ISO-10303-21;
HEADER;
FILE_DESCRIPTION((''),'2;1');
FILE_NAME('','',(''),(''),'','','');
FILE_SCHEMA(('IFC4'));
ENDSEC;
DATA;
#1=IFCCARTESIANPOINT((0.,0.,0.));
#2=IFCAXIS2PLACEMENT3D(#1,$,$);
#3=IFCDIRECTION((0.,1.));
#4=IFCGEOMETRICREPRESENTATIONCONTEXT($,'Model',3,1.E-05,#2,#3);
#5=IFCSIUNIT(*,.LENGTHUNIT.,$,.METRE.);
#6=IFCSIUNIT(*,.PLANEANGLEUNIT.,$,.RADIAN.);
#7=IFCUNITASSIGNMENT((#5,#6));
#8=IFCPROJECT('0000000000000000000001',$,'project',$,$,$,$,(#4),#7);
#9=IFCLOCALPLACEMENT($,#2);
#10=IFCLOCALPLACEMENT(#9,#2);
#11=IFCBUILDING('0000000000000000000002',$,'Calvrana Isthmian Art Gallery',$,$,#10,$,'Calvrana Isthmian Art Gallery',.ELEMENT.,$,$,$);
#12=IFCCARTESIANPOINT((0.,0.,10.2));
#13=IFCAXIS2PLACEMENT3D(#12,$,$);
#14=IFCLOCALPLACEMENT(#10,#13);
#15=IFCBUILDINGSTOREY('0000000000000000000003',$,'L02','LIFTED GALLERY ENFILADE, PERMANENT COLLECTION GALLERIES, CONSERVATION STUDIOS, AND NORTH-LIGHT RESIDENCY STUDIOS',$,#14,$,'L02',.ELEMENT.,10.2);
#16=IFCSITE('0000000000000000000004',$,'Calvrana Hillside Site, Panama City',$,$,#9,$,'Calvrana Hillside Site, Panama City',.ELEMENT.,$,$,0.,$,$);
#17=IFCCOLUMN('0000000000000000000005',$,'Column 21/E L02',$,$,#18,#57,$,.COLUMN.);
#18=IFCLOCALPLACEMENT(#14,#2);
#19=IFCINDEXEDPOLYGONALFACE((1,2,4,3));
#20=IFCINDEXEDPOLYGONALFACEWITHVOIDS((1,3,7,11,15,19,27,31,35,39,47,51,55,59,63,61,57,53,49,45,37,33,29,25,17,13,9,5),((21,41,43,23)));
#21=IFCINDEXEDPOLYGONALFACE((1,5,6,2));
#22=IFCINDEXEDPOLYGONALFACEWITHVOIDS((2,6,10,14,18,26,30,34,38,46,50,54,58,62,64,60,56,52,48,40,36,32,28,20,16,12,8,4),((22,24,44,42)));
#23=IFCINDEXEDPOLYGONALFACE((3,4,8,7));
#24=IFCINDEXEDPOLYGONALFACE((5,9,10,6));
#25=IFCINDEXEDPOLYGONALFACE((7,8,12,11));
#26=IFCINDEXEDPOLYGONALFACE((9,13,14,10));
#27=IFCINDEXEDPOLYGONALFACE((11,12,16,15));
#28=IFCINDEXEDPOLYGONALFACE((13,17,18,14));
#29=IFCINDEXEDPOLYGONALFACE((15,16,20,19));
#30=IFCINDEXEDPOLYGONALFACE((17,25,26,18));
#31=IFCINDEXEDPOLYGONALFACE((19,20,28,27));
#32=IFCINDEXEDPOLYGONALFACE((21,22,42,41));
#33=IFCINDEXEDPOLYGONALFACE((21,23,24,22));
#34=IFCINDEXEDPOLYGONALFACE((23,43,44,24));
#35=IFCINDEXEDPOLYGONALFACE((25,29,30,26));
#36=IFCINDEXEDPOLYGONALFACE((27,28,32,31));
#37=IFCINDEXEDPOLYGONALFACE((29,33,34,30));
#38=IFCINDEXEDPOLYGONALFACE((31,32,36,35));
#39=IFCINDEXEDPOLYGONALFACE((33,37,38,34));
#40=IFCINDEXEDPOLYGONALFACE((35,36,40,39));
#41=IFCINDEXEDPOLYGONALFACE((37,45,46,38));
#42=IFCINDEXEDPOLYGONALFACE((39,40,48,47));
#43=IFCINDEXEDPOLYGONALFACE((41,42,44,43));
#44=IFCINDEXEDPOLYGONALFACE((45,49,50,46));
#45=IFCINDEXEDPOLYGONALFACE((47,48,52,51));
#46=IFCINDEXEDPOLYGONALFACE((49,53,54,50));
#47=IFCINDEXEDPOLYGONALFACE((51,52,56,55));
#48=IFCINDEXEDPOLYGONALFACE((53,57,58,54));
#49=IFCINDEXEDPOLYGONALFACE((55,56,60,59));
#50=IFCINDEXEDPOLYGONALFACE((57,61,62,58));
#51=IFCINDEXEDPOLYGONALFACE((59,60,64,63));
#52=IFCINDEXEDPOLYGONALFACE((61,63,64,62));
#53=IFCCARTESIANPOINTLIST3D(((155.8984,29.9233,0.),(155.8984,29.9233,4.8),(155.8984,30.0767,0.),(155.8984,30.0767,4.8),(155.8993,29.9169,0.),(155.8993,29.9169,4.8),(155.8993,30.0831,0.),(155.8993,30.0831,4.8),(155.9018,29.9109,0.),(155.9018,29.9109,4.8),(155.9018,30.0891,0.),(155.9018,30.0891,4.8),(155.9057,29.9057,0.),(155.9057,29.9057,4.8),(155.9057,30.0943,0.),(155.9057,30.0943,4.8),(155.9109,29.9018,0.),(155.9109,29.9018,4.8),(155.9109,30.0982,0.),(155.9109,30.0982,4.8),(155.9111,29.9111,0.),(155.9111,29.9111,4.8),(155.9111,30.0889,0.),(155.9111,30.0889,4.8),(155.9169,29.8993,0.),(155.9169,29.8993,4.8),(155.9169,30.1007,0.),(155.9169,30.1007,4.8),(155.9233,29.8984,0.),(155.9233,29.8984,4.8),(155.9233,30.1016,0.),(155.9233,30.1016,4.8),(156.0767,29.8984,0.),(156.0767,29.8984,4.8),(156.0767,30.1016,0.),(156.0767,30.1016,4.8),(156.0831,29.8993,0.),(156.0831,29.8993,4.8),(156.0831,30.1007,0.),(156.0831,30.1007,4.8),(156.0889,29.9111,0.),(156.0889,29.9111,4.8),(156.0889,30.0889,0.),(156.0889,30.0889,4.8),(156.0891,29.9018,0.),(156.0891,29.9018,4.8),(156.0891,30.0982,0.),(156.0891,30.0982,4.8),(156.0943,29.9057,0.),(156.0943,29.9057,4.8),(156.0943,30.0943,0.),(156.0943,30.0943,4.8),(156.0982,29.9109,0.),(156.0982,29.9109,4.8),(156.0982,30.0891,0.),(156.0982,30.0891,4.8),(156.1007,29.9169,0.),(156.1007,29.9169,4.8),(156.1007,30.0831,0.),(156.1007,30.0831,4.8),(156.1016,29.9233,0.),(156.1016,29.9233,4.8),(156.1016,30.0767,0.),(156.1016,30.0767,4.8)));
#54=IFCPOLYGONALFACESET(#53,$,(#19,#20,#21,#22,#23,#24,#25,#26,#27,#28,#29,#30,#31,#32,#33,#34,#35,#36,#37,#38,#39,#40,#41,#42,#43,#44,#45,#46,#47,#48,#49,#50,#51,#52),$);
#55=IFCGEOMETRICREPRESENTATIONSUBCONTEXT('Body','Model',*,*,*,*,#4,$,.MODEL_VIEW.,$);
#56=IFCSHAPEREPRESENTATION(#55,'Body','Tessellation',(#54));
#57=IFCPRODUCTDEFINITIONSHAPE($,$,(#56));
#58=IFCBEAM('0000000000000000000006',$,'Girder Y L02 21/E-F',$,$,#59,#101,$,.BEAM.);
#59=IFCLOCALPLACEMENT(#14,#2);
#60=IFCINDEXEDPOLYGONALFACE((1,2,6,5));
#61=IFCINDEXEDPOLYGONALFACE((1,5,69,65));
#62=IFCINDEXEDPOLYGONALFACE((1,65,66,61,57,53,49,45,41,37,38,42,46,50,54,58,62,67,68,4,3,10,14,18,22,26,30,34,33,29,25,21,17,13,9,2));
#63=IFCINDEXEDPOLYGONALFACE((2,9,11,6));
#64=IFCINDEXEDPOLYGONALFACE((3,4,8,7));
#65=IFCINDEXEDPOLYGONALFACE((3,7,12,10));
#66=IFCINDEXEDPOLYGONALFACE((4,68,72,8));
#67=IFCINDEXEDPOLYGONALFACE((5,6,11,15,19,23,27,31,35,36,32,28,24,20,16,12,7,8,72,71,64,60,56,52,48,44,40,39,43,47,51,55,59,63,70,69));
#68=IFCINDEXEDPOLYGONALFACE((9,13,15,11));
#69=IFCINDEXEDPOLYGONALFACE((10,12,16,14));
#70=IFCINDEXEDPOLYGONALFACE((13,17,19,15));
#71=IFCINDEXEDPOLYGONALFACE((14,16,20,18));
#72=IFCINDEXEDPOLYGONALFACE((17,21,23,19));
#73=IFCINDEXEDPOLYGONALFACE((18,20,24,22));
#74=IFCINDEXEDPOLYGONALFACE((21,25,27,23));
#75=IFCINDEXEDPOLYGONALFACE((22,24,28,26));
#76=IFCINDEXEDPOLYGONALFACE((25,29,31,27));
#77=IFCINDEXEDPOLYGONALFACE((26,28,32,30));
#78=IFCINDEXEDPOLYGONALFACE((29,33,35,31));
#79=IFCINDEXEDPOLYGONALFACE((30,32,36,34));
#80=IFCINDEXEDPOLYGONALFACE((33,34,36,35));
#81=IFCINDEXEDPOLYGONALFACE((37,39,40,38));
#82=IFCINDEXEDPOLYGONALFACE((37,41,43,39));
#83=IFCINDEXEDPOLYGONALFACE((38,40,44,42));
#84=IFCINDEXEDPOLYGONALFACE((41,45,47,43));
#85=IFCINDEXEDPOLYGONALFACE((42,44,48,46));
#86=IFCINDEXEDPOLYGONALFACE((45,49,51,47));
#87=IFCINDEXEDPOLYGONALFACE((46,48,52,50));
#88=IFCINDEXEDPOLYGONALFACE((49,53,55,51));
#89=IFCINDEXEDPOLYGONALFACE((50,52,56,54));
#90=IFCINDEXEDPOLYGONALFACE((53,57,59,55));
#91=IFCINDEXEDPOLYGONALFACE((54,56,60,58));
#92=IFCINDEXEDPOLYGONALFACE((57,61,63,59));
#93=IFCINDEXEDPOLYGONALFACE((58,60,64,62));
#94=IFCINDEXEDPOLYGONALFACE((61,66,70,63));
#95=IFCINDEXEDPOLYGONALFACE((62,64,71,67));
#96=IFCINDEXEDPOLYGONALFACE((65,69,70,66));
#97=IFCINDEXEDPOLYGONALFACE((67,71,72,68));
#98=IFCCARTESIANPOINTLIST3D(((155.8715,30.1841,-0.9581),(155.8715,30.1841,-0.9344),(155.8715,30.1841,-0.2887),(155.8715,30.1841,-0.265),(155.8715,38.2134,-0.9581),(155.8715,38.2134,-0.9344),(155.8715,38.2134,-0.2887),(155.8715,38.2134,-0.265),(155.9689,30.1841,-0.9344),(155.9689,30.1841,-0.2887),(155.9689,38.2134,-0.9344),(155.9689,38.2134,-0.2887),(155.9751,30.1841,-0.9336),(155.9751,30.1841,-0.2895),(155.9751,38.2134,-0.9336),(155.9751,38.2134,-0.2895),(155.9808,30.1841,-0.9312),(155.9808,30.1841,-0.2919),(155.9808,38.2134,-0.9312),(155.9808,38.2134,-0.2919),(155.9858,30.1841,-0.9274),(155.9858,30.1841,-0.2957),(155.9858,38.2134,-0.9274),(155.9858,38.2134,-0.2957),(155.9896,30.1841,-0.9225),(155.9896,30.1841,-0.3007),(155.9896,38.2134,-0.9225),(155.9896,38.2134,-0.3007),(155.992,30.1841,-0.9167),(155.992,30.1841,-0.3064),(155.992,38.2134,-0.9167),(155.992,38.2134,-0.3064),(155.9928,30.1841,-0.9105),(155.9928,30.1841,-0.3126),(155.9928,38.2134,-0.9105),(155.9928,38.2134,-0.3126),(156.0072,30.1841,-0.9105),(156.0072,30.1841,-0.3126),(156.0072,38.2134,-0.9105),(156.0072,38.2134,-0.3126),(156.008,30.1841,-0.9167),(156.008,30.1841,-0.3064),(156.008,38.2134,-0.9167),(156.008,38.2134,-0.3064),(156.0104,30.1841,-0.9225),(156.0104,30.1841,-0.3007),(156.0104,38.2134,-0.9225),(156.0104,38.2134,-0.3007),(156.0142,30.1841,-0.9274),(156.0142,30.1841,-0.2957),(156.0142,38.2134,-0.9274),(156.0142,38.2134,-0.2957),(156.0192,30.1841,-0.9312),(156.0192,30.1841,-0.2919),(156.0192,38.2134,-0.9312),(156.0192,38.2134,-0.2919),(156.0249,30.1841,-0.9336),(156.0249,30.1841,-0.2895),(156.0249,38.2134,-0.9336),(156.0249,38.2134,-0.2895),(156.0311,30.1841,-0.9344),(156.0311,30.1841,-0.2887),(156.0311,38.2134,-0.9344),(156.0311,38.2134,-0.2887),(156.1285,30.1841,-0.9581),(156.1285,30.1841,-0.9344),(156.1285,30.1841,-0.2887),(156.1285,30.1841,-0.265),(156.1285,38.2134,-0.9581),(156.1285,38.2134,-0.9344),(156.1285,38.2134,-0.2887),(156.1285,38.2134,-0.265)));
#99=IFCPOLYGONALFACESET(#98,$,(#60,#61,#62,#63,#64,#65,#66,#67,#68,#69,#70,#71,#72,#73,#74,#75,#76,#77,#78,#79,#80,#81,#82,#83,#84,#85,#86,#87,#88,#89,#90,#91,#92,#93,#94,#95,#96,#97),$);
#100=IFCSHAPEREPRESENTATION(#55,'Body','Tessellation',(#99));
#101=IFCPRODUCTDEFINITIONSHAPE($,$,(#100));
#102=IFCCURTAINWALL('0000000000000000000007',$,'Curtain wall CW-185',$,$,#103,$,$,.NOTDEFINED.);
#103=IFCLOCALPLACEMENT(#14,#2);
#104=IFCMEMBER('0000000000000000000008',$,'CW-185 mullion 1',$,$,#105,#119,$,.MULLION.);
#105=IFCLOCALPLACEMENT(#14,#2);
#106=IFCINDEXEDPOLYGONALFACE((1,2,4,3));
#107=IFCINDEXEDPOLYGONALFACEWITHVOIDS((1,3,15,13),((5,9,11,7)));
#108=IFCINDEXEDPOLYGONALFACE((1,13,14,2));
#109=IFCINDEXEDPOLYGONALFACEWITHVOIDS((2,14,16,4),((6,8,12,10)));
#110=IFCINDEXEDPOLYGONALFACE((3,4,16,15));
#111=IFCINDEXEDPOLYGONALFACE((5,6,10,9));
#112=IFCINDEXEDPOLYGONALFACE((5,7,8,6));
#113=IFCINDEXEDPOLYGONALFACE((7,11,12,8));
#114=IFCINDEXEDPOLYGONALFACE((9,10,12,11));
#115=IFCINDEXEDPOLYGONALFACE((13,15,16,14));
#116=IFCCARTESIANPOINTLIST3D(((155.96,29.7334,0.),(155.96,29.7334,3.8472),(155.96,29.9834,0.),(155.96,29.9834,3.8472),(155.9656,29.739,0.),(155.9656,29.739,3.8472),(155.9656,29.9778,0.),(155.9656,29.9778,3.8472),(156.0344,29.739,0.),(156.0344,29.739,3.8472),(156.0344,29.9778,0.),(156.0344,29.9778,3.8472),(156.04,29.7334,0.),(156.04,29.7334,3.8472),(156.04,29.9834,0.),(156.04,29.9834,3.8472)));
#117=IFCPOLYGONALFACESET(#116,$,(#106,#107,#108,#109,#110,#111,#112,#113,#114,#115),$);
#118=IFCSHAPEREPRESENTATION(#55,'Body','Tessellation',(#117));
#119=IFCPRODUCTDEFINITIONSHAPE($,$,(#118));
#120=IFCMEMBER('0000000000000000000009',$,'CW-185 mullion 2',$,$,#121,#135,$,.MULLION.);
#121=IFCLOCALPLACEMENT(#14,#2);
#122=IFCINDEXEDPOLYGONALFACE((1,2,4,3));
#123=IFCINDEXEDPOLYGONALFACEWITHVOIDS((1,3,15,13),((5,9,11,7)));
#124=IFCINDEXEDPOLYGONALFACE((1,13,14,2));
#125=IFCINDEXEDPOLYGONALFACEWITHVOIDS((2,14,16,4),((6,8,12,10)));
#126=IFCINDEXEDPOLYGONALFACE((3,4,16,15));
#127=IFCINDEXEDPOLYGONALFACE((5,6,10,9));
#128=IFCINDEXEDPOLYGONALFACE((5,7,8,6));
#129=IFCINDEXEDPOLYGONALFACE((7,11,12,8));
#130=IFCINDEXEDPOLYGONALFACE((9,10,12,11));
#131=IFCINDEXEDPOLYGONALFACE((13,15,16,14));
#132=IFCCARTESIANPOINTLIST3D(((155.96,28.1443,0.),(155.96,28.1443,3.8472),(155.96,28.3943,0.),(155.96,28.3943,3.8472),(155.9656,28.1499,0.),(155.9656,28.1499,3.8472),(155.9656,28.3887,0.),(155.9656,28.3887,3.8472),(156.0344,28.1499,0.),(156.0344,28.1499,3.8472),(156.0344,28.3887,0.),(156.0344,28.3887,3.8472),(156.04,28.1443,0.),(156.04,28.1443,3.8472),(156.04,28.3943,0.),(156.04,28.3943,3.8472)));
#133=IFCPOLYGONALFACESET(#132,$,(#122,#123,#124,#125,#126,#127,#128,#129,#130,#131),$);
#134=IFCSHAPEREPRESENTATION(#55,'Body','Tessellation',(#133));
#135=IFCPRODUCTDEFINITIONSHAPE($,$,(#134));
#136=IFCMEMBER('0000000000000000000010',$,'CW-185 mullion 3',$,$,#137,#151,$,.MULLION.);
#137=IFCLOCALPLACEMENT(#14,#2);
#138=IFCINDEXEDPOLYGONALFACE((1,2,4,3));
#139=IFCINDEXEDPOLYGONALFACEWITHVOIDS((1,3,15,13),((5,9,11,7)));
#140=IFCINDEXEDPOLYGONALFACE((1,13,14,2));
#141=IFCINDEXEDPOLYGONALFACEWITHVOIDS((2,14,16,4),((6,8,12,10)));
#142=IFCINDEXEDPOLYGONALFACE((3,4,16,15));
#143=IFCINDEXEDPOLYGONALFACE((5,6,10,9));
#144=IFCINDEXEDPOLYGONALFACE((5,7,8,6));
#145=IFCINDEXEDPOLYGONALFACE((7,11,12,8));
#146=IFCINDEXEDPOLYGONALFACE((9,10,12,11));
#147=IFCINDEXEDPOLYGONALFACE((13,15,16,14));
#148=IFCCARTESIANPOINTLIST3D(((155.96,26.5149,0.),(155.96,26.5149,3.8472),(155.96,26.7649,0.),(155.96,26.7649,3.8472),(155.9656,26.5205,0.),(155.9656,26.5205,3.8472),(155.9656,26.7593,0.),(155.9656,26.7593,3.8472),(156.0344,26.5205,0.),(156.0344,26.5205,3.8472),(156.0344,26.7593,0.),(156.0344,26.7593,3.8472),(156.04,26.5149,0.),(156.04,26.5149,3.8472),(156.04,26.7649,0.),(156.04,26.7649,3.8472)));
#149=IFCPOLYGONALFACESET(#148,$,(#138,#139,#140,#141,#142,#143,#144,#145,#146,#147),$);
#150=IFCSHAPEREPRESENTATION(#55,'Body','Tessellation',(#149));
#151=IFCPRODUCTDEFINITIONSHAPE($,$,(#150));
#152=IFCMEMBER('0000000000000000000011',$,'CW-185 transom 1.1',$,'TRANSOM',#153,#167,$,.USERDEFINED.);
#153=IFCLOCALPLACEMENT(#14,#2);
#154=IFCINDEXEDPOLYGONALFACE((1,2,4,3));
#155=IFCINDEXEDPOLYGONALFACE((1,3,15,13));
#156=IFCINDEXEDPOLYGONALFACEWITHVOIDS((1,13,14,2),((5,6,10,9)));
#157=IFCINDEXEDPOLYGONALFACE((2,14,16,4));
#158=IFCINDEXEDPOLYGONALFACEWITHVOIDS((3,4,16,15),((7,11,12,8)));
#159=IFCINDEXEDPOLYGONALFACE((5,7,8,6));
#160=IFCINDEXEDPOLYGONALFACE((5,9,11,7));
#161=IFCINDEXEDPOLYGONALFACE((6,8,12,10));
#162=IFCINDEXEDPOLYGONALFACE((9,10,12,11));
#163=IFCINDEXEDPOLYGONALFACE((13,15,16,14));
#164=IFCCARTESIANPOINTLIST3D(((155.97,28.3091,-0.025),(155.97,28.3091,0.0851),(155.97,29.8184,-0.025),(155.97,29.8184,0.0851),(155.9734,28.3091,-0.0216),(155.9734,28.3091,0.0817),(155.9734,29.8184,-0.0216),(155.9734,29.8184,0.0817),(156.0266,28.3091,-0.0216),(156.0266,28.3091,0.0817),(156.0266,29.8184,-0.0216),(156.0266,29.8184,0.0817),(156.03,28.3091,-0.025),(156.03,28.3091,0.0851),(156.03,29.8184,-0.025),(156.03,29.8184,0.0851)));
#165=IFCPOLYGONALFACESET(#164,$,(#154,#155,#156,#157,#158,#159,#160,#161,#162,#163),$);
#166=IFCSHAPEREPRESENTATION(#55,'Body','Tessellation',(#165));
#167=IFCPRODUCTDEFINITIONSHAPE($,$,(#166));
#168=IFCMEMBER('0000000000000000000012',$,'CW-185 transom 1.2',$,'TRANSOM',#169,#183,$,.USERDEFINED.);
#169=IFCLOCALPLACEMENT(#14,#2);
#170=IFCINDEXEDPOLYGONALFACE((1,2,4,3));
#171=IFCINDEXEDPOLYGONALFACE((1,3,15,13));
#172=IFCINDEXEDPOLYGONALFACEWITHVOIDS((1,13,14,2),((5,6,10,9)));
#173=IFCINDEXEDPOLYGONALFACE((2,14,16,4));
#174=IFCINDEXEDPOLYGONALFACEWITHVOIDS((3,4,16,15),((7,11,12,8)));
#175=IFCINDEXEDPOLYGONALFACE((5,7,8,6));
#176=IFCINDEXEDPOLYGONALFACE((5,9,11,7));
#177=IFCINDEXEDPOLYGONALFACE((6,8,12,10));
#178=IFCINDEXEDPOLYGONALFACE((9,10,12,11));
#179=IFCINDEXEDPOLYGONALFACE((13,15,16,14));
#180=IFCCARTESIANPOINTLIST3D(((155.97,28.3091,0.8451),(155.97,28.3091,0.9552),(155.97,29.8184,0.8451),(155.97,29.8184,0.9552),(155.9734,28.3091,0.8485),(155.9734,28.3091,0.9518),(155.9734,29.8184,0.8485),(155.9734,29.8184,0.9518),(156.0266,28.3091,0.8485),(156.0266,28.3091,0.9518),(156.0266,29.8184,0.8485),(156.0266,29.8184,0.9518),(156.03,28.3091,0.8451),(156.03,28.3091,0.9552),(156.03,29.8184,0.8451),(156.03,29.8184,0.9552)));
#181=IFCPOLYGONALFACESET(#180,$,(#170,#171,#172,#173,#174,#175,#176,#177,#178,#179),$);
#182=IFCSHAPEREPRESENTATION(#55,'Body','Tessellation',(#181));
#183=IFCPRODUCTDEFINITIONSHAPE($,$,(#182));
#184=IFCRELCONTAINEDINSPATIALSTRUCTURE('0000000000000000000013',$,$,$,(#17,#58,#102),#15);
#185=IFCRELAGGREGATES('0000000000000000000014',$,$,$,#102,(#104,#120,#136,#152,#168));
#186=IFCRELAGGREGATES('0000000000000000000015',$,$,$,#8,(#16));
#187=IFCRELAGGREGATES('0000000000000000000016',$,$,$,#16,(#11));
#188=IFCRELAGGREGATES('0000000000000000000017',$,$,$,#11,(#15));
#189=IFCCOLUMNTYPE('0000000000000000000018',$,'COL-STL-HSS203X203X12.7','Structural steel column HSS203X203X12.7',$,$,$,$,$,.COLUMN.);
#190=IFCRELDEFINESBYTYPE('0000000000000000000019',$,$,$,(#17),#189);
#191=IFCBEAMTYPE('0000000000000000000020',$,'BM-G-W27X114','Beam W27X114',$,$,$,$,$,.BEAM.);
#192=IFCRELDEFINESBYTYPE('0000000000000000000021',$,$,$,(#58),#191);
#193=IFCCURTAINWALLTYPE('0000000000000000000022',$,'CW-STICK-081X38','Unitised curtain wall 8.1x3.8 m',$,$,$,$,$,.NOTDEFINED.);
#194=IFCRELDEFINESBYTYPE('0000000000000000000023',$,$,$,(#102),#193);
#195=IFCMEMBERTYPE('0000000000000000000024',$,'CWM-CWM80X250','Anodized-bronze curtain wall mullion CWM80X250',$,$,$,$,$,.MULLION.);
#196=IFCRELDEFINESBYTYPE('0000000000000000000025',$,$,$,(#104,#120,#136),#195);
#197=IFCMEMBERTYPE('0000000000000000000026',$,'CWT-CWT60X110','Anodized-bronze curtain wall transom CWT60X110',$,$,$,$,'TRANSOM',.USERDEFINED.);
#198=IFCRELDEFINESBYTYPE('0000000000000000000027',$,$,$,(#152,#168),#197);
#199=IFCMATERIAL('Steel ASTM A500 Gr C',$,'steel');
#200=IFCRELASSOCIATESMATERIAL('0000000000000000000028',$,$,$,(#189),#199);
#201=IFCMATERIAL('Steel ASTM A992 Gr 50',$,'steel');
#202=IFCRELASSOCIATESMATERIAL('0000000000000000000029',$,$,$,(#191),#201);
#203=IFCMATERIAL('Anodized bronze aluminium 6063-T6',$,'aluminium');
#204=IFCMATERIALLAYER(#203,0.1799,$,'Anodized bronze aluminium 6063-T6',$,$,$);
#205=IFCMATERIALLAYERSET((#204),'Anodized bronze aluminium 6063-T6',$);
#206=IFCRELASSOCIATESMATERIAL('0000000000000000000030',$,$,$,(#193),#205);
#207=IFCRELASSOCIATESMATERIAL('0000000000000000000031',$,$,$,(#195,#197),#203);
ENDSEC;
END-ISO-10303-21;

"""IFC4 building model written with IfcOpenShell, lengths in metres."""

from ifc_helpers import new_model, si_unit, direction, frame, origin, origin_2d, place, context, subcontext, project, spatial, hollow_rectangle, i_section, extrude, material, layer, layer_set, material_profile, profile_set, type_object, element, aggregate, save


model = new_model("IFC4")

# Units and contexts
model_context = context("Model", 3, precision=1e-05, world=origin(), true_north=direction((0.0, 1.0)))
body_context = subcontext(model_context, "Body", "Model", "MODEL_VIEW")
ifc_project = project(units=[si_unit("LENGTHUNIT", "METRE"), si_unit("PLANEANGLEUNIT", "RADIAN")], contexts=[model_context])

# Site, building, storey
site_placement = place(None, origin())
site = spatial("IfcSite", under=ifc_project, at=site_placement, Name="Calvrana Hillside Site, Panama City", LongName="Calvrana Hillside Site, Panama City", CompositionType="ELEMENT", RefElevation=0.0)
building_placement = place(site_placement, origin())
building = spatial("IfcBuilding", under=site, at=building_placement, Name="Calvrana Isthmian Art Gallery", LongName="Calvrana Isthmian Art Gallery", CompositionType="ELEMENT")
storey_placement = place(building_placement, frame((0.0, 0.0, 10.2)))
storey = spatial("IfcBuildingStorey", under=building, at=storey_placement, Name="L02", Description="LIFTED GALLERY ENFILADE, PERMANENT COLLECTION GALLERIES, CONSERVATION STUDIOS, AND NORTH-LIGHT RESIDENCY STUDIOS", LongName="L02", CompositionType="ELEMENT", Elevation=10.2)

# Column
ifc_material_1 = material(Name="Steel ASTM A500 Gr C", Category="steel")
ifc_material_profile_1 = material_profile(ifc_material_1, hollow_rectangle(XDim=0.2031, YDim=0.2031, WallThickness=0.0127, OuterFilletRadius=0.0249, at=origin_2d()), Name="HSS203X203X12.7")
ifc_profile_set_1 = profile_set([ifc_material_profile_1], Name="Steel ASTM A500 Gr C")
column_type = type_object("IfcColumnType", Name="COL-STL-HSS203X203X12.7", Description="Structural steel column HSS203X203X12.7", PredefinedType="COLUMN", material=ifc_profile_set_1)
column_placement = place(storey_placement, frame((156.0, 30.0, 0.0), z_axis=(0.0, 0.0, 1.0), x_axis=(1.0, 0.0, 0.0)))
element("IfcColumn", 1, at=column_placement, inside=storey, type_object=column_type, Name="Column 21/E L02", PredefinedType="COLUMN", context=body_context, shape_type="SweptSolid", body=[
    extrude(hollow_rectangle(XDim=0.2031, YDim=0.2031, WallThickness=0.0127, OuterFilletRadius=0.0249, at=origin_2d()), origin(), (0.0, 0.0, 1.0), 4.8),
])

# Beam
ifc_material_2 = material(Name="Steel ASTM A992 Gr 50", Category="steel")
ifc_material_profile_2 = material_profile(ifc_material_2, i_section(OverallWidth=0.2571, OverallDepth=0.6931, WebThickness=0.0144, FlangeThickness=0.0237, FilletRadius=0.0239, at=origin_2d()), Name="W27X114")
ifc_profile_set_2 = profile_set([ifc_material_profile_2], Name="Steel ASTM A992 Gr 50")
beam_type = type_object("IfcBeamType", Name="BM-G-W27X114", Description="Beam W27X114", PredefinedType="BEAM", material=ifc_profile_set_2)
beam_placement = place(storey_placement, frame((156.0, 30.1841, -0.6116), z_axis=(0.0, 1.0, 0.0), x_axis=(-1.0, 0.0, 0.0)))
element("IfcBeam", 2, at=beam_placement, inside=storey, type_object=beam_type, Name="Girder Y L02 21/E-F", PredefinedType="BEAM", context=body_context, shape_type="SweptSolid", body=[
    extrude(i_section(OverallWidth=0.2571, OverallDepth=0.6931, WebThickness=0.0144, FlangeThickness=0.0237, FilletRadius=0.0239, at=origin_2d()), origin(), (0.0, 0.0, 1.0), 8.0293),
])

# Curtain wall, members
ifc_material_3 = material(Name="Anodized bronze aluminium 6063-T6", Category="aluminium")
ifc_layer_1 = layer(ifc_material_3, 0.1799, Name="Anodized bronze aluminium 6063-T6")
ifc_layer_set_1 = layer_set([ifc_layer_1], Name="Anodized bronze aluminium 6063-T6")
curtain_wall_type = type_object("IfcCurtainWallType", Name="CW-STICK-081X38", Description="Unitised curtain wall 8.1x3.8 m", PredefinedType="NOTDEFINED", material=ifc_layer_set_1)
curtain_wall_placement = place(storey_placement, origin())
curtain_wall = element("IfcCurtainWall", 3, at=curtain_wall_placement, inside=storey, type_object=curtain_wall_type, Name="Curtain wall CW-185", PredefinedType="NOTDEFINED")
ifc_material_profile_3 = material_profile(ifc_material_3, hollow_rectangle(XDim=0.0801, YDim=0.25, WallThickness=0.0056, at=origin_2d()), Name="CWM80X250")
ifc_profile_set_3 = profile_set([ifc_material_profile_3], Name="Anodized bronze aluminium 6063-T6")
member_type_1 = type_object("IfcMemberType", Name="CWM-CWM80X250", Description="Anodized-bronze curtain wall mullion CWM80X250", PredefinedType="MULLION", material=ifc_profile_set_3)
member_1_placement = place(storey_placement, frame((156.0, 29.8584, 0.0), z_axis=(0.0, 0.0, 1.0), x_axis=(1.0, 0.0, 0.0)))
member_1 = element("IfcMember", 4, at=member_1_placement, type_object=member_type_1, Name="CW-185 mullion 1", PredefinedType="MULLION", context=body_context, shape_type="SweptSolid", body=[
    extrude(hollow_rectangle(XDim=0.0801, YDim=0.25, WallThickness=0.0056, at=origin_2d()), origin(), (0.0, 0.0, 1.0), 3.8472),
])
member_2_placement = place(storey_placement, frame((156.0, 28.2693, 0.0), z_axis=(0.0, 0.0, 1.0), x_axis=(1.0, 0.0, 0.0)))
member_2 = element("IfcMember", 5, at=member_2_placement, type_object=member_type_1, Name="CW-185 mullion 2", PredefinedType="MULLION", context=body_context, shape_type="SweptSolid", body=[
    extrude(hollow_rectangle(XDim=0.0801, YDim=0.25, WallThickness=0.0056, at=origin_2d()), origin(), (0.0, 0.0, 1.0), 3.8472),
])
member_3_placement = place(storey_placement, frame((156.0, 26.6399, 0.0), z_axis=(0.0, 0.0, 1.0), x_axis=(1.0, 0.0, 0.0)))
member_3 = element("IfcMember", 6, at=member_3_placement, type_object=member_type_1, Name="CW-185 mullion 3", PredefinedType="MULLION", context=body_context, shape_type="SweptSolid", body=[
    extrude(hollow_rectangle(XDim=0.0801, YDim=0.25, WallThickness=0.0056, at=origin_2d()), origin(), (0.0, 0.0, 1.0), 3.8472),
])
ifc_material_profile_4 = material_profile(ifc_material_3, hollow_rectangle(XDim=0.0601, YDim=0.1101, WallThickness=0.0034, at=origin_2d()), Name="CWT60X110")
ifc_profile_set_4 = profile_set([ifc_material_profile_4], Name="Anodized bronze aluminium 6063-T6")
member_type_2 = type_object("IfcMemberType", Name="CWT-CWT60X110", Description="Anodized-bronze curtain wall transom CWT60X110", ElementType="TRANSOM", PredefinedType="USERDEFINED", material=ifc_profile_set_4)
member_4_placement = place(storey_placement, frame((156.0, 29.8184, 0.03), z_axis=(0.0, -1.0, 0.0), x_axis=(1.0, 0.0, 0.0)))
member_4 = element("IfcMember", 7, at=member_4_placement, type_object=member_type_2, Name="CW-185 transom 1.1", ObjectType="TRANSOM", PredefinedType="USERDEFINED", context=body_context, shape_type="SweptSolid", body=[
    extrude(hollow_rectangle(XDim=0.0601, YDim=0.1101, WallThickness=0.0034, at=origin_2d()), origin(), (0.0, 0.0, 1.0), 1.5093),
])
member_5_placement = place(storey_placement, frame((156.0, 29.8184, 0.9001), z_axis=(0.0, -1.0, 0.0), x_axis=(1.0, 0.0, 0.0)))
member_5 = element("IfcMember", 8, at=member_5_placement, type_object=member_type_2, Name="CW-185 transom 1.2", ObjectType="TRANSOM", PredefinedType="USERDEFINED", context=body_context, shape_type="SweptSolid", body=[
    extrude(hollow_rectangle(XDim=0.0601, YDim=0.1101, WallThickness=0.0034, at=origin_2d()), origin(), (0.0, 0.0, 1.0), 1.5093),
])
aggregate(curtain_wall, [member_1, member_2, member_3, member_4, member_5])

save(model, "model.ifc")
